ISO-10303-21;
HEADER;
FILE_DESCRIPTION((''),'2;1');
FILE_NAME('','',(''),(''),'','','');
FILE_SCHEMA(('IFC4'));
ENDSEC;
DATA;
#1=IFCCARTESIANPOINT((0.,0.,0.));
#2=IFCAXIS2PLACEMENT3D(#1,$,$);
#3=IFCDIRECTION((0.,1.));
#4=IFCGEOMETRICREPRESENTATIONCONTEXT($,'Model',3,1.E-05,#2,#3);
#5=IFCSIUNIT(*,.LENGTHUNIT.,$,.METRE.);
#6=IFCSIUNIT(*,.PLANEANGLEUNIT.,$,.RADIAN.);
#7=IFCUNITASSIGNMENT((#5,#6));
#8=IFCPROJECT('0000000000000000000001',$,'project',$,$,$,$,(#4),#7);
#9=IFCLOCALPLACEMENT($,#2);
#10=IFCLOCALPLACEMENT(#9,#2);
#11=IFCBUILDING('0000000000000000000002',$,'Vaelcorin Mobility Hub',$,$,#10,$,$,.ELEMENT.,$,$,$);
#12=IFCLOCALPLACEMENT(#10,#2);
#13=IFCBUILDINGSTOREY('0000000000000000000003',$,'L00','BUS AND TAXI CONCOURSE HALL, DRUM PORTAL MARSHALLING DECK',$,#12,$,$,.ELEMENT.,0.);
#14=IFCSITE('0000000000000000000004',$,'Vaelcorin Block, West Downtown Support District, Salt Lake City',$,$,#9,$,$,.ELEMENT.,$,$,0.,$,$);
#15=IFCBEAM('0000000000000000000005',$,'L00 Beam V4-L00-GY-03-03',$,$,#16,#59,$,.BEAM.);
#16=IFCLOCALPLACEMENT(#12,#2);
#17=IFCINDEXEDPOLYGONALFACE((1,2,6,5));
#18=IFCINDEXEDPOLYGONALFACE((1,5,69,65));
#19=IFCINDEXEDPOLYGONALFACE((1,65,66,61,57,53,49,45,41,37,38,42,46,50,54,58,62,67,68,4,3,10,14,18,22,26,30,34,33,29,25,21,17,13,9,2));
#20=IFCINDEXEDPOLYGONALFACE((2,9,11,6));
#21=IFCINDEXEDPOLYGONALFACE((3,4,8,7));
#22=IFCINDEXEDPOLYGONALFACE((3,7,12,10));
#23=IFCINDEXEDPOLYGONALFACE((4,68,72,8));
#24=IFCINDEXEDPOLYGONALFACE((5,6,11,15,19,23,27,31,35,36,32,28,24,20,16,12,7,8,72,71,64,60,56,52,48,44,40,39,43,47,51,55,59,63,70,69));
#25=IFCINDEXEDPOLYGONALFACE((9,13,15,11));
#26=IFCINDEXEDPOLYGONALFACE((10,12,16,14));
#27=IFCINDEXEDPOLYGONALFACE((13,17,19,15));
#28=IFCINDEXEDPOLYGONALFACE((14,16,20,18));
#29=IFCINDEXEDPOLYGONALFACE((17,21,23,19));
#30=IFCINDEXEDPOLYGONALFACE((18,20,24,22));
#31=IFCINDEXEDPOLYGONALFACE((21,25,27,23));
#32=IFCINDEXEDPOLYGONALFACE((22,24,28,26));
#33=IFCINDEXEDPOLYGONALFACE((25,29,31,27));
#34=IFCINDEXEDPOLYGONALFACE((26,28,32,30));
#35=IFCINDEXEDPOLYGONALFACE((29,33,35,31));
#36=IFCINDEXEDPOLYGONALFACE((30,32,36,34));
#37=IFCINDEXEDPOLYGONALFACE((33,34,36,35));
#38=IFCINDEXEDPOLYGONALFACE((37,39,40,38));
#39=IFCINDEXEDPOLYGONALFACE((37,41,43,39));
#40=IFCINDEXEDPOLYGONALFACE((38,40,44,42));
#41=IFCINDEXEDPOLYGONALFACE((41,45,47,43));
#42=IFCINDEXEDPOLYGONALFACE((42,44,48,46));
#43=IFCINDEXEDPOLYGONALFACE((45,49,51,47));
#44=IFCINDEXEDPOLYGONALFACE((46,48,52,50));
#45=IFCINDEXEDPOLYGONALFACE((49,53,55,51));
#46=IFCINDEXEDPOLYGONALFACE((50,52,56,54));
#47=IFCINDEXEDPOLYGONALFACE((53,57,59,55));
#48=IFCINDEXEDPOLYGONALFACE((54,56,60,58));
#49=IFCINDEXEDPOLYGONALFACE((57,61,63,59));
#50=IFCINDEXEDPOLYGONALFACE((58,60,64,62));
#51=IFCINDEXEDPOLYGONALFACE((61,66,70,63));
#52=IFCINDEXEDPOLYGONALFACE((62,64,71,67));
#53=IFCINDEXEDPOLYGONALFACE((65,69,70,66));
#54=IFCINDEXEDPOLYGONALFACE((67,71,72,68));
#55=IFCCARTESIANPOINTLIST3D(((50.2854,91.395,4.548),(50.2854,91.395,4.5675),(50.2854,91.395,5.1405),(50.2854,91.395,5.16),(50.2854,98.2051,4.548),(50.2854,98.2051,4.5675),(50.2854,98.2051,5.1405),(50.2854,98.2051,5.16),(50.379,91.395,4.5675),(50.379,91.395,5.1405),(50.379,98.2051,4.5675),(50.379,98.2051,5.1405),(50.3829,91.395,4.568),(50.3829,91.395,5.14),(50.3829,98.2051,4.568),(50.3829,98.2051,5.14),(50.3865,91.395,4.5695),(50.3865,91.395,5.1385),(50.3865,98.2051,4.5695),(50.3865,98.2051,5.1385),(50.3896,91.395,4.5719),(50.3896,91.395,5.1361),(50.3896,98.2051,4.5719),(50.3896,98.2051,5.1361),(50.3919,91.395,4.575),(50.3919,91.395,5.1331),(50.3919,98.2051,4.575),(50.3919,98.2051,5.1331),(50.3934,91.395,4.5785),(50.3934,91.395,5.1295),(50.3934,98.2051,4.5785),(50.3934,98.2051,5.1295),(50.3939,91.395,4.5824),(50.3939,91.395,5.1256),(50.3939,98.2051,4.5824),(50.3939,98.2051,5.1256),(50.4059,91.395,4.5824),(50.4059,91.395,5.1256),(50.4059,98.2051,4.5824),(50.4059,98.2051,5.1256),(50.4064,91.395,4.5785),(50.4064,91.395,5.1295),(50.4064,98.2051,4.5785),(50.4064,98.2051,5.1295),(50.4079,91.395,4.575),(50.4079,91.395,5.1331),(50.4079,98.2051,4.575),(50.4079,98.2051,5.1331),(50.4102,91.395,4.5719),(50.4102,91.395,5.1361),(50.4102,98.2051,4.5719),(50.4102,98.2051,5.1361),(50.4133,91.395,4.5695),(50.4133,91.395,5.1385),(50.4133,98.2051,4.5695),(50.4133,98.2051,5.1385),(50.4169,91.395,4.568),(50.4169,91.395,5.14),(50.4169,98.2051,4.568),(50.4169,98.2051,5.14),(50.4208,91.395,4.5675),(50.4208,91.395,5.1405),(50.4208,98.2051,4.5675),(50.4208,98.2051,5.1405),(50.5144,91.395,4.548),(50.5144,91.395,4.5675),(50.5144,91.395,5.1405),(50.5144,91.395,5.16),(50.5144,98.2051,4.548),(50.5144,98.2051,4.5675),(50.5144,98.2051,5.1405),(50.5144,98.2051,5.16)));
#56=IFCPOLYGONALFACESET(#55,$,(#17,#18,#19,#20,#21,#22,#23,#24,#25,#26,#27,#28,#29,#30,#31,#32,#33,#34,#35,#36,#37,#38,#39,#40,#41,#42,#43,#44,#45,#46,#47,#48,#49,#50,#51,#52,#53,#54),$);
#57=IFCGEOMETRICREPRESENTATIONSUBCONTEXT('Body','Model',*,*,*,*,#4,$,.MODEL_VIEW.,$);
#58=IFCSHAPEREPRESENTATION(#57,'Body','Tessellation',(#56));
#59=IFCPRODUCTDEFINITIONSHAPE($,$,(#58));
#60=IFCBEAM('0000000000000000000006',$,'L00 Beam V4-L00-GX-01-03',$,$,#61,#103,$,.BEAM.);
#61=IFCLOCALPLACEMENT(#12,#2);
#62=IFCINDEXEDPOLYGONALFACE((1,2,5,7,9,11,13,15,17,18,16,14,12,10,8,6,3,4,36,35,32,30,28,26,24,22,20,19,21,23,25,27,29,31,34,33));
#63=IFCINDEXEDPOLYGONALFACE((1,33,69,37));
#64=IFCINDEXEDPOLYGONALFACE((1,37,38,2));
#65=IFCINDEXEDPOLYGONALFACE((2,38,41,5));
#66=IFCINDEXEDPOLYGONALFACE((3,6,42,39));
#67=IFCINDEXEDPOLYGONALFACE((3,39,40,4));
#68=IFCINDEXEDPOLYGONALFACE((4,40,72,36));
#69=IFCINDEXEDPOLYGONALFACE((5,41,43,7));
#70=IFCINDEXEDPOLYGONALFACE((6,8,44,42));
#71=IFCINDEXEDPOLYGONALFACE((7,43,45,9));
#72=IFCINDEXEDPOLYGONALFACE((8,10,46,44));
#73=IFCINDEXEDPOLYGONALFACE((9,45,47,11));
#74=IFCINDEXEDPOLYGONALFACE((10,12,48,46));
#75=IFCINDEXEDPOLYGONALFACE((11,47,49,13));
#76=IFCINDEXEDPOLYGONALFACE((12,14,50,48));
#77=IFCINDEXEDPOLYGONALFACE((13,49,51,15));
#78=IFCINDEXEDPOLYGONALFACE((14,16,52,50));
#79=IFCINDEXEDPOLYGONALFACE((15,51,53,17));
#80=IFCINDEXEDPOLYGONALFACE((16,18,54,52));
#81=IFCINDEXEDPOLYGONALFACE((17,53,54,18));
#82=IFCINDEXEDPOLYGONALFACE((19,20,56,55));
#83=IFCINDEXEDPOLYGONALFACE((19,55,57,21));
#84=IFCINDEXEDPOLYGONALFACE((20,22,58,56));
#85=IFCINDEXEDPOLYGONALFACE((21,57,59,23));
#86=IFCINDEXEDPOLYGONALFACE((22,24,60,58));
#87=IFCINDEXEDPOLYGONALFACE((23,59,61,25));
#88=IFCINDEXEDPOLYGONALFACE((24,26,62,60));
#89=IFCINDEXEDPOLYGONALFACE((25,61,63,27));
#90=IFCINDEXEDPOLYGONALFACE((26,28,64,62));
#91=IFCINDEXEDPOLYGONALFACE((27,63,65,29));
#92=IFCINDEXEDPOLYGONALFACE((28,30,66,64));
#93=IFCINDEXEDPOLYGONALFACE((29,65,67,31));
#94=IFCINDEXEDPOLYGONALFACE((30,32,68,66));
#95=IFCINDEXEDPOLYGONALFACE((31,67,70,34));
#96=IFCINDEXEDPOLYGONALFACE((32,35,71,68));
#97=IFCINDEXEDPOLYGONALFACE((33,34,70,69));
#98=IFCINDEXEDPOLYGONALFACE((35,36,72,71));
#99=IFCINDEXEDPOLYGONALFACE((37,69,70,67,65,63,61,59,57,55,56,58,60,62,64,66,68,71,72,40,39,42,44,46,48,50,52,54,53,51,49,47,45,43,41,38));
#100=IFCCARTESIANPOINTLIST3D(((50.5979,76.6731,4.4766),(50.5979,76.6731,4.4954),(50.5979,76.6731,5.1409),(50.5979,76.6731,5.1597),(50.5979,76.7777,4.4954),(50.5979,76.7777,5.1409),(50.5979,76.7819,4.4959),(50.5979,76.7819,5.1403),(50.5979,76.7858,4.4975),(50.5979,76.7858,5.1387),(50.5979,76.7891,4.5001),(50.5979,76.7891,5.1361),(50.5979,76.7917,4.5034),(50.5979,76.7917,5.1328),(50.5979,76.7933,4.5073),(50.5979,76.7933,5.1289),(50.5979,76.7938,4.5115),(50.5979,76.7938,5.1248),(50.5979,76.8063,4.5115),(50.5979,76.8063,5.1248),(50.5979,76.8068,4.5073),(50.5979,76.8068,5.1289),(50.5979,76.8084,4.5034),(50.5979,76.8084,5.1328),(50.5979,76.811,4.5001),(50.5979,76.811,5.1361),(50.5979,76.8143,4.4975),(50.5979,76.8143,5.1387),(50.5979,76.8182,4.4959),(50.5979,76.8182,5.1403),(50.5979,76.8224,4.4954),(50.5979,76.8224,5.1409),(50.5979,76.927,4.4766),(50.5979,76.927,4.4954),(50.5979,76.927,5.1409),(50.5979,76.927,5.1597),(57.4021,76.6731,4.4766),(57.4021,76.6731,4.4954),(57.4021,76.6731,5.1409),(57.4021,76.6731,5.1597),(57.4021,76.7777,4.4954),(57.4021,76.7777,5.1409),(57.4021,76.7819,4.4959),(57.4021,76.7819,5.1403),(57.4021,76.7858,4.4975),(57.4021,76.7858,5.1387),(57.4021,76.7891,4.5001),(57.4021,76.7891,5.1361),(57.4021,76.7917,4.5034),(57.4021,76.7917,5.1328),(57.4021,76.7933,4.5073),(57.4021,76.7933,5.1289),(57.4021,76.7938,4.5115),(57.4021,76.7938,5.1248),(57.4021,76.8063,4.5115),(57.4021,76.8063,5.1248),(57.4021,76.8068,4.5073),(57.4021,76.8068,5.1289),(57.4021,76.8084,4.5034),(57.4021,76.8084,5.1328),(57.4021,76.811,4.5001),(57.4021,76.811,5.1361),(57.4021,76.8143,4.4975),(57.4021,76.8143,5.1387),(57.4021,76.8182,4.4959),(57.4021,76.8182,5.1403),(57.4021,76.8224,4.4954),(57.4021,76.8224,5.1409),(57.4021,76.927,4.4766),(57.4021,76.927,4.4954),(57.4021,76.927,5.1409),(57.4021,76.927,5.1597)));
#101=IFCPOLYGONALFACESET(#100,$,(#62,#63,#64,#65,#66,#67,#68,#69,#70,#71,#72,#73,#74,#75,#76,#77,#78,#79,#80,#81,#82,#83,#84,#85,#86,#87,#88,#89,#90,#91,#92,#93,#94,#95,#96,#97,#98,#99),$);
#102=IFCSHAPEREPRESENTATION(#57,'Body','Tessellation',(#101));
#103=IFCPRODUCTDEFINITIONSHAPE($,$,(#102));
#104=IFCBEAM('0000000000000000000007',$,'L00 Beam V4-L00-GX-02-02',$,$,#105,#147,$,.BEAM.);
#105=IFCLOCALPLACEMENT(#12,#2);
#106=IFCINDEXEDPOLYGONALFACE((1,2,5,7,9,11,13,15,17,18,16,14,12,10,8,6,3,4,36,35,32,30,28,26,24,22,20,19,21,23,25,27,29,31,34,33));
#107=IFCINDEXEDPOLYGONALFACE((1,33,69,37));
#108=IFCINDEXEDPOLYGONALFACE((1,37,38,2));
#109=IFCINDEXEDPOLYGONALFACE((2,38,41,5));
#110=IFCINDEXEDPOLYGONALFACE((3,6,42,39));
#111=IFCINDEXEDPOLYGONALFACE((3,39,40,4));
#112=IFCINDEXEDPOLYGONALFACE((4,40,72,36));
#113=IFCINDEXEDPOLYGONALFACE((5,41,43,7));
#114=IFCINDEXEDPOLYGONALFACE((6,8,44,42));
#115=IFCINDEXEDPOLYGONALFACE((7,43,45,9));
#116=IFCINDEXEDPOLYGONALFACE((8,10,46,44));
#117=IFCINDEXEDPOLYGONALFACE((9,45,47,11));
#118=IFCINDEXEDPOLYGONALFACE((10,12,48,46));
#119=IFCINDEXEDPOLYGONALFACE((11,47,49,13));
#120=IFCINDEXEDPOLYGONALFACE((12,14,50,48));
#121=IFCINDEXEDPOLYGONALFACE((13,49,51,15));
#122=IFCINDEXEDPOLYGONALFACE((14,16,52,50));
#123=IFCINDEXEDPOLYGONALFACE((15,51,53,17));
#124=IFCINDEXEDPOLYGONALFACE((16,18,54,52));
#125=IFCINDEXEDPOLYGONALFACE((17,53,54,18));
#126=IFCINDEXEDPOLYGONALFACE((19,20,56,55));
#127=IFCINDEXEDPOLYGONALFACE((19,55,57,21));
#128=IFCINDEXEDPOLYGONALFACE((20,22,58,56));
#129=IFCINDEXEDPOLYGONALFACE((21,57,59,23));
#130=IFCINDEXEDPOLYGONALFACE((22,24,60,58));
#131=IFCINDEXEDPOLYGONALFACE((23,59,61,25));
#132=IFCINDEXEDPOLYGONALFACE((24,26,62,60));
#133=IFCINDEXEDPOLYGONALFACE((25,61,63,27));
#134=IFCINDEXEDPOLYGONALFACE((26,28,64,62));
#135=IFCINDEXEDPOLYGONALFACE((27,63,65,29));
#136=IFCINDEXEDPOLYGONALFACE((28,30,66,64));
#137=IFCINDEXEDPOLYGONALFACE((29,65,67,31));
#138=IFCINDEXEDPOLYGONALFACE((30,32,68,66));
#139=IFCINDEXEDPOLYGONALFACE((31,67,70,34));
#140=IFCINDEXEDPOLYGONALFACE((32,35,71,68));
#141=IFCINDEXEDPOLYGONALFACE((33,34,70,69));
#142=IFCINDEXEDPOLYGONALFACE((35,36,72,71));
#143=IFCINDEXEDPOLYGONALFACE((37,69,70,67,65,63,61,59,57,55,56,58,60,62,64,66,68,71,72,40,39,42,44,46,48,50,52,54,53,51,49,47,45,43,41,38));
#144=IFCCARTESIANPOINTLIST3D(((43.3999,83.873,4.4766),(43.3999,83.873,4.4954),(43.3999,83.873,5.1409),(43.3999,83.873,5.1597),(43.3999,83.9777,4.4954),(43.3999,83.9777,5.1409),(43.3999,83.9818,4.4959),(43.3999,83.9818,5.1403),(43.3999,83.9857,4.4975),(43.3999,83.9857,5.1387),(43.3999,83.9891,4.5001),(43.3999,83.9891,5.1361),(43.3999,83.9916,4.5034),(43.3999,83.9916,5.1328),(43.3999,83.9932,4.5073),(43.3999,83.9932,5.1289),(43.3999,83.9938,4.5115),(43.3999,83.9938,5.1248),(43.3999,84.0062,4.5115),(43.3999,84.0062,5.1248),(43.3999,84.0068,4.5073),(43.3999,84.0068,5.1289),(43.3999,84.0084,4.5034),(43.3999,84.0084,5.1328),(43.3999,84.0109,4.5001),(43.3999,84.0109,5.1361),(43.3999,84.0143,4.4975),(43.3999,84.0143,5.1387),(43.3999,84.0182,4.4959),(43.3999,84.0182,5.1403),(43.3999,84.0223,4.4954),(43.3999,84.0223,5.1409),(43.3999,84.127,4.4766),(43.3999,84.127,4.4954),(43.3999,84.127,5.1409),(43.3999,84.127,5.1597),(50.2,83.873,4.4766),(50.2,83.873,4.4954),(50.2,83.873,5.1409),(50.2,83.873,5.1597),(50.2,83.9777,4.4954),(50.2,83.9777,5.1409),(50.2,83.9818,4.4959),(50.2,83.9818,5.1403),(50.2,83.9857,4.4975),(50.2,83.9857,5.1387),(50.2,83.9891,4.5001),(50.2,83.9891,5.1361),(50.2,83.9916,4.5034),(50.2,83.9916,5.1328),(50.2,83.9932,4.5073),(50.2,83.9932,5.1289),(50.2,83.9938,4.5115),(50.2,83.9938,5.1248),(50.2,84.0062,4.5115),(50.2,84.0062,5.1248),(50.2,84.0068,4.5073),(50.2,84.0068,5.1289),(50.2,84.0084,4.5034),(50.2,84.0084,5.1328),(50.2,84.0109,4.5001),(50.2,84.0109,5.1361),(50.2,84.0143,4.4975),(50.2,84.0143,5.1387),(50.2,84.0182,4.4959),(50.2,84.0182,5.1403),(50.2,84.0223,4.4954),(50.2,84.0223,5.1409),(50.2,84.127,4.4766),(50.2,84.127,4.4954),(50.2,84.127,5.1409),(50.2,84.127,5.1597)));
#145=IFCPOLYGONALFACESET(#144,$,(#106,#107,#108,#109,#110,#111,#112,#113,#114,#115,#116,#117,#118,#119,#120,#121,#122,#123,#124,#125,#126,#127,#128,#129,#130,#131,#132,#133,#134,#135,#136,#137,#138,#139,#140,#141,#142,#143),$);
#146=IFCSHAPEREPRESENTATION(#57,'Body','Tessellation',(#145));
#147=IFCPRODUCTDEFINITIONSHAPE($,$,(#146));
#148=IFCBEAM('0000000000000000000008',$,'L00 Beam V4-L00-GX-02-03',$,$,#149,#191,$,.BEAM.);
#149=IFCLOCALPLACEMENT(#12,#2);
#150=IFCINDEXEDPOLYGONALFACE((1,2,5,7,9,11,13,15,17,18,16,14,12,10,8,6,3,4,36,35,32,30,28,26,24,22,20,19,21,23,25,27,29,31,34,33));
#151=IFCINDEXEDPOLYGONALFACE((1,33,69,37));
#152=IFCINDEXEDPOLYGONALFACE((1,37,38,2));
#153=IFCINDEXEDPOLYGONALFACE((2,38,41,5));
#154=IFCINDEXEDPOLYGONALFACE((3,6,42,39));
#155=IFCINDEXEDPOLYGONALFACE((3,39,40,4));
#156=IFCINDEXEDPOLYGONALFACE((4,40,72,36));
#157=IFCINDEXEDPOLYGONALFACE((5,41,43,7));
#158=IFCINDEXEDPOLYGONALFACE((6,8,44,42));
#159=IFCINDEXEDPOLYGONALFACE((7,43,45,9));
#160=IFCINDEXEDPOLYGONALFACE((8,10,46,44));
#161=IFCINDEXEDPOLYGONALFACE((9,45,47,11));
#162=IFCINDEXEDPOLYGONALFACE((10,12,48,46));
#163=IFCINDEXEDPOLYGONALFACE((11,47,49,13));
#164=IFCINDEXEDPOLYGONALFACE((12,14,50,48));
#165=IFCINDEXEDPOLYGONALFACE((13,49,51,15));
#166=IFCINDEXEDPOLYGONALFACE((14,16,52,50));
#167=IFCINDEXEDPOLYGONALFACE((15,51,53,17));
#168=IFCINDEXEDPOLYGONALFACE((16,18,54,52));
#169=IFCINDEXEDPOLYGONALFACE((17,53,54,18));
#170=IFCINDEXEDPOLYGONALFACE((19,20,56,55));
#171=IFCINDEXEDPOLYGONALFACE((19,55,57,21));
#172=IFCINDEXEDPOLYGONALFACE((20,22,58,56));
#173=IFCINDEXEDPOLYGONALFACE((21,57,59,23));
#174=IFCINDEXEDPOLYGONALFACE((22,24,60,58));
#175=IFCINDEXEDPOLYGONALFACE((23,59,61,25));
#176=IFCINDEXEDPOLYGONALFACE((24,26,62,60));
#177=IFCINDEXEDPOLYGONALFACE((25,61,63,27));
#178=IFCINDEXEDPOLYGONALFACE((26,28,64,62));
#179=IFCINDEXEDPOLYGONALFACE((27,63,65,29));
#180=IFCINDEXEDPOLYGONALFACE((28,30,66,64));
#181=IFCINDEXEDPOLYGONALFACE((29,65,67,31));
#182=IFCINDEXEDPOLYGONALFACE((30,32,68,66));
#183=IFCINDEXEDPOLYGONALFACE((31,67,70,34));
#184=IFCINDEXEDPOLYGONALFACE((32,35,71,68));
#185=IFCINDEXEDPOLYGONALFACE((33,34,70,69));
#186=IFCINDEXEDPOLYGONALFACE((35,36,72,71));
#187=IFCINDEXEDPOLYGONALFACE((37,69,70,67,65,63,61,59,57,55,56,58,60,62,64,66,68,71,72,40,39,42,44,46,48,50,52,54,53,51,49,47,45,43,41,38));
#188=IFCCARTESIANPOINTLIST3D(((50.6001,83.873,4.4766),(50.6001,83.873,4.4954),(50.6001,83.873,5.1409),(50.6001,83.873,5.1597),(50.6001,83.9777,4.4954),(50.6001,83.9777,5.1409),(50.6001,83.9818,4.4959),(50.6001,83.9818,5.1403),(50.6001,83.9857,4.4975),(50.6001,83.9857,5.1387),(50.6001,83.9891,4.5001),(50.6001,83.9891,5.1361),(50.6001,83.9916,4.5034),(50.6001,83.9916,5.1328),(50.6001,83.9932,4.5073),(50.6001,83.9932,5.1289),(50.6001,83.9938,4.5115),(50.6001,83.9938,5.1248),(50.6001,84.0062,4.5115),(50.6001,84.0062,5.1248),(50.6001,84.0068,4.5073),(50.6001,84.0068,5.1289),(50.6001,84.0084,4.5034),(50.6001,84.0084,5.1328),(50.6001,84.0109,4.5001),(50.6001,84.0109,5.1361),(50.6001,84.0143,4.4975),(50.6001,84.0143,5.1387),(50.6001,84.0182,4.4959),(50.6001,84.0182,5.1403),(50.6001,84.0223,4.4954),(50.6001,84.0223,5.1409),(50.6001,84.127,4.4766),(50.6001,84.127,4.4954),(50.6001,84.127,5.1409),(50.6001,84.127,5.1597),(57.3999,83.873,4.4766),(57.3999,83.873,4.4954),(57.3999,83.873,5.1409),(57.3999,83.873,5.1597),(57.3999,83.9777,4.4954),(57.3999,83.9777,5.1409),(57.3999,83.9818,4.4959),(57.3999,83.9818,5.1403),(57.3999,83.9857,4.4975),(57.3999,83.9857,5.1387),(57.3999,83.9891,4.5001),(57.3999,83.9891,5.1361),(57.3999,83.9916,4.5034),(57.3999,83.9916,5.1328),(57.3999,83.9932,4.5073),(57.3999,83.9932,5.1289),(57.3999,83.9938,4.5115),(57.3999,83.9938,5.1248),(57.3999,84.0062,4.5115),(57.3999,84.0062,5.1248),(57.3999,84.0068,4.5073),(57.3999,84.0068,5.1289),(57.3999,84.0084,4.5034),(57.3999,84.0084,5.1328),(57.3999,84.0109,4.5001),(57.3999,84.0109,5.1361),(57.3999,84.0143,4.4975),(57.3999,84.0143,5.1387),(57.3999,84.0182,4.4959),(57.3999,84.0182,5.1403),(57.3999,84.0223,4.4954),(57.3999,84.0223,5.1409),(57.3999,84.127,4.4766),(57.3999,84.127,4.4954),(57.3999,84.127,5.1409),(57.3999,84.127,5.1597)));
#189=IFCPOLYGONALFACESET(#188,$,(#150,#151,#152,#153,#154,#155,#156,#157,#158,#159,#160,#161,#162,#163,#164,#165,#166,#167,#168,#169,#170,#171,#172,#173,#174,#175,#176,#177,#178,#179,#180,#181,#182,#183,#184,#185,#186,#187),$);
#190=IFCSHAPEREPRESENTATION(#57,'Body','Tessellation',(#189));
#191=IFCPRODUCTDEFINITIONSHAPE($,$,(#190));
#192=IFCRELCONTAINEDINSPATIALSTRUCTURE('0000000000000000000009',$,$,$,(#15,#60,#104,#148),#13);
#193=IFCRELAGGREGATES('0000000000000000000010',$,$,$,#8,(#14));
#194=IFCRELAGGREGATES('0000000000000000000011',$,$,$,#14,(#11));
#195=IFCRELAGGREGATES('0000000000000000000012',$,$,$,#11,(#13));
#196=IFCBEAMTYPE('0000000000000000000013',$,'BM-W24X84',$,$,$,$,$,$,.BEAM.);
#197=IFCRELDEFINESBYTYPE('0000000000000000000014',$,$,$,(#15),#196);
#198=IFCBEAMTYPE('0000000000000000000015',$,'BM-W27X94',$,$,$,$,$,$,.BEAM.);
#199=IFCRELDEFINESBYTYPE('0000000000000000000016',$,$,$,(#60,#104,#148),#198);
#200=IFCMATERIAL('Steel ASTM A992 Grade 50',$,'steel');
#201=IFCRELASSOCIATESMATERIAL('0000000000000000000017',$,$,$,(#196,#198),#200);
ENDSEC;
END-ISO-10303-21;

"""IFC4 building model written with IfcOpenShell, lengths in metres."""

from ifc_helpers import new_model, si_unit, direction, frame, origin, origin_2d, place, context, subcontext, project, spatial, i_section, extrude, material, material_profile, profile_set, type_object, element, save


model = new_model("IFC4")

# Units and contexts
model_context = context("Model", 3, precision=1e-05, world=origin(), true_north=direction((0.0, 1.0)))
body_context = subcontext(model_context, "Body", "Model", "MODEL_VIEW")
ifc_project = project(units=[si_unit("LENGTHUNIT", "METRE"), si_unit("PLANEANGLEUNIT", "RADIAN")], contexts=[model_context])

# Site, building, storey
site_placement = place(None, origin())
site = spatial("IfcSite", under=ifc_project, at=site_placement, Name="Vaelcorin Block, West Downtown Support District, Salt Lake City", CompositionType="ELEMENT", RefElevation=0.0)
building_placement = place(site_placement, origin())
building = spatial("IfcBuilding", under=site, at=building_placement, Name="Vaelcorin Mobility Hub", CompositionType="ELEMENT")
storey_placement = place(building_placement, origin())
storey = spatial("IfcBuildingStorey", under=building, at=storey_placement, Name="L00", Description="BUS AND TAXI CONCOURSE HALL, DRUM PORTAL MARSHALLING DECK", CompositionType="ELEMENT", Elevation=0.0)

# Shared definitions
ifc_material_1 = material(Name="Steel ASTM A992 Grade 50", Category="steel")

# Beams
ifc_material_profile_1 = material_profile(ifc_material_1, i_section(OverallWidth=0.229, OverallDepth=0.6121, WebThickness=0.012, FlangeThickness=0.0195, FilletRadius=0.0149, at=origin_2d()), Name="W24X84")
ifc_profile_set_1 = profile_set([ifc_material_profile_1], Name="Steel ASTM A992 Grade 50")
beam_type_1 = type_object("IfcBeamType", Name="BM-W24X84", PredefinedType="BEAM", material=ifc_profile_set_1)
beam_1_placement = place(storey_placement, frame((50.3999, 91.395, 4.854), z_axis=(0.0, 1.0, 0.0), x_axis=(-1.0, 0.0, 0.0)))
element("IfcBeam", 1, at=beam_1_placement, inside=storey, type_object=beam_type_1, Name="L00 Beam V4-L00-GY-03-03", PredefinedType="BEAM", context=body_context, shape_type="SweptSolid", body=[
    extrude(i_section(OverallWidth=0.229, OverallDepth=0.6121, WebThickness=0.012, FlangeThickness=0.0195, FilletRadius=0.0149, at=origin_2d()), origin(), (0.0, 0.0, 1.0), 6.8101),
])
ifc_material_profile_2 = material_profile(ifc_material_1, i_section(OverallWidth=0.2539, OverallDepth=0.6831, WebThickness=0.0125, FlangeThickness=0.0188, FilletRadius=0.0161, at=origin_2d()), Name="W27X94")
ifc_profile_set_2 = profile_set([ifc_material_profile_2], Name="Steel ASTM A992 Grade 50")
beam_type_2 = type_object("IfcBeamType", Name="BM-W27X94", PredefinedType="BEAM", material=ifc_profile_set_2)
beam_2_placement = place(storey_placement, frame((50.5979, 76.8, 4.8181), z_axis=(1.0, 0.0, 0.0), x_axis=(0.0, 1.0, 0.0)))
element("IfcBeam", 2, at=beam_2_placement, inside=storey, type_object=beam_type_2, Name="L00 Beam V4-L00-GX-01-03", PredefinedType="BEAM", context=body_context, shape_type="SweptSolid", body=[
    extrude(i_section(OverallWidth=0.2539, OverallDepth=0.6831, WebThickness=0.0125, FlangeThickness=0.0188, FilletRadius=0.0161, at=origin_2d()), origin(), (0.0, 0.0, 1.0), 6.8042),
])
beam_3_placement = place(storey_placement, frame((43.3999, 84.0, 4.8181), z_axis=(1.0, 0.0, 0.0), x_axis=(0.0, 1.0, 0.0)))
element("IfcBeam", 3, at=beam_3_placement, inside=storey, type_object=beam_type_2, Name="L00 Beam V4-L00-GX-02-02", PredefinedType="BEAM", context=body_context, shape_type="SweptSolid", body=[
    extrude(i_section(OverallWidth=0.2539, OverallDepth=0.6831, WebThickness=0.0125, FlangeThickness=0.0188, FilletRadius=0.0161, at=origin_2d()), origin(), (0.0, 0.0, 1.0), 6.8),
])
beam_4_placement = place(storey_placement, frame((50.6001, 84.0, 4.8181), z_axis=(1.0, 0.0, 0.0), x_axis=(0.0, 1.0, 0.0)))
element("IfcBeam", 4, at=beam_4_placement, inside=storey, type_object=beam_type_2, Name="L00 Beam V4-L00-GX-02-03", PredefinedType="BEAM", context=body_context, shape_type="SweptSolid", body=[
    extrude(i_section(OverallWidth=0.2539, OverallDepth=0.6831, WebThickness=0.0125, FlangeThickness=0.0188, FilletRadius=0.0161, at=origin_2d()), origin(), (0.0, 0.0, 1.0), 6.7998),
])

save(model, "model.ifc")
